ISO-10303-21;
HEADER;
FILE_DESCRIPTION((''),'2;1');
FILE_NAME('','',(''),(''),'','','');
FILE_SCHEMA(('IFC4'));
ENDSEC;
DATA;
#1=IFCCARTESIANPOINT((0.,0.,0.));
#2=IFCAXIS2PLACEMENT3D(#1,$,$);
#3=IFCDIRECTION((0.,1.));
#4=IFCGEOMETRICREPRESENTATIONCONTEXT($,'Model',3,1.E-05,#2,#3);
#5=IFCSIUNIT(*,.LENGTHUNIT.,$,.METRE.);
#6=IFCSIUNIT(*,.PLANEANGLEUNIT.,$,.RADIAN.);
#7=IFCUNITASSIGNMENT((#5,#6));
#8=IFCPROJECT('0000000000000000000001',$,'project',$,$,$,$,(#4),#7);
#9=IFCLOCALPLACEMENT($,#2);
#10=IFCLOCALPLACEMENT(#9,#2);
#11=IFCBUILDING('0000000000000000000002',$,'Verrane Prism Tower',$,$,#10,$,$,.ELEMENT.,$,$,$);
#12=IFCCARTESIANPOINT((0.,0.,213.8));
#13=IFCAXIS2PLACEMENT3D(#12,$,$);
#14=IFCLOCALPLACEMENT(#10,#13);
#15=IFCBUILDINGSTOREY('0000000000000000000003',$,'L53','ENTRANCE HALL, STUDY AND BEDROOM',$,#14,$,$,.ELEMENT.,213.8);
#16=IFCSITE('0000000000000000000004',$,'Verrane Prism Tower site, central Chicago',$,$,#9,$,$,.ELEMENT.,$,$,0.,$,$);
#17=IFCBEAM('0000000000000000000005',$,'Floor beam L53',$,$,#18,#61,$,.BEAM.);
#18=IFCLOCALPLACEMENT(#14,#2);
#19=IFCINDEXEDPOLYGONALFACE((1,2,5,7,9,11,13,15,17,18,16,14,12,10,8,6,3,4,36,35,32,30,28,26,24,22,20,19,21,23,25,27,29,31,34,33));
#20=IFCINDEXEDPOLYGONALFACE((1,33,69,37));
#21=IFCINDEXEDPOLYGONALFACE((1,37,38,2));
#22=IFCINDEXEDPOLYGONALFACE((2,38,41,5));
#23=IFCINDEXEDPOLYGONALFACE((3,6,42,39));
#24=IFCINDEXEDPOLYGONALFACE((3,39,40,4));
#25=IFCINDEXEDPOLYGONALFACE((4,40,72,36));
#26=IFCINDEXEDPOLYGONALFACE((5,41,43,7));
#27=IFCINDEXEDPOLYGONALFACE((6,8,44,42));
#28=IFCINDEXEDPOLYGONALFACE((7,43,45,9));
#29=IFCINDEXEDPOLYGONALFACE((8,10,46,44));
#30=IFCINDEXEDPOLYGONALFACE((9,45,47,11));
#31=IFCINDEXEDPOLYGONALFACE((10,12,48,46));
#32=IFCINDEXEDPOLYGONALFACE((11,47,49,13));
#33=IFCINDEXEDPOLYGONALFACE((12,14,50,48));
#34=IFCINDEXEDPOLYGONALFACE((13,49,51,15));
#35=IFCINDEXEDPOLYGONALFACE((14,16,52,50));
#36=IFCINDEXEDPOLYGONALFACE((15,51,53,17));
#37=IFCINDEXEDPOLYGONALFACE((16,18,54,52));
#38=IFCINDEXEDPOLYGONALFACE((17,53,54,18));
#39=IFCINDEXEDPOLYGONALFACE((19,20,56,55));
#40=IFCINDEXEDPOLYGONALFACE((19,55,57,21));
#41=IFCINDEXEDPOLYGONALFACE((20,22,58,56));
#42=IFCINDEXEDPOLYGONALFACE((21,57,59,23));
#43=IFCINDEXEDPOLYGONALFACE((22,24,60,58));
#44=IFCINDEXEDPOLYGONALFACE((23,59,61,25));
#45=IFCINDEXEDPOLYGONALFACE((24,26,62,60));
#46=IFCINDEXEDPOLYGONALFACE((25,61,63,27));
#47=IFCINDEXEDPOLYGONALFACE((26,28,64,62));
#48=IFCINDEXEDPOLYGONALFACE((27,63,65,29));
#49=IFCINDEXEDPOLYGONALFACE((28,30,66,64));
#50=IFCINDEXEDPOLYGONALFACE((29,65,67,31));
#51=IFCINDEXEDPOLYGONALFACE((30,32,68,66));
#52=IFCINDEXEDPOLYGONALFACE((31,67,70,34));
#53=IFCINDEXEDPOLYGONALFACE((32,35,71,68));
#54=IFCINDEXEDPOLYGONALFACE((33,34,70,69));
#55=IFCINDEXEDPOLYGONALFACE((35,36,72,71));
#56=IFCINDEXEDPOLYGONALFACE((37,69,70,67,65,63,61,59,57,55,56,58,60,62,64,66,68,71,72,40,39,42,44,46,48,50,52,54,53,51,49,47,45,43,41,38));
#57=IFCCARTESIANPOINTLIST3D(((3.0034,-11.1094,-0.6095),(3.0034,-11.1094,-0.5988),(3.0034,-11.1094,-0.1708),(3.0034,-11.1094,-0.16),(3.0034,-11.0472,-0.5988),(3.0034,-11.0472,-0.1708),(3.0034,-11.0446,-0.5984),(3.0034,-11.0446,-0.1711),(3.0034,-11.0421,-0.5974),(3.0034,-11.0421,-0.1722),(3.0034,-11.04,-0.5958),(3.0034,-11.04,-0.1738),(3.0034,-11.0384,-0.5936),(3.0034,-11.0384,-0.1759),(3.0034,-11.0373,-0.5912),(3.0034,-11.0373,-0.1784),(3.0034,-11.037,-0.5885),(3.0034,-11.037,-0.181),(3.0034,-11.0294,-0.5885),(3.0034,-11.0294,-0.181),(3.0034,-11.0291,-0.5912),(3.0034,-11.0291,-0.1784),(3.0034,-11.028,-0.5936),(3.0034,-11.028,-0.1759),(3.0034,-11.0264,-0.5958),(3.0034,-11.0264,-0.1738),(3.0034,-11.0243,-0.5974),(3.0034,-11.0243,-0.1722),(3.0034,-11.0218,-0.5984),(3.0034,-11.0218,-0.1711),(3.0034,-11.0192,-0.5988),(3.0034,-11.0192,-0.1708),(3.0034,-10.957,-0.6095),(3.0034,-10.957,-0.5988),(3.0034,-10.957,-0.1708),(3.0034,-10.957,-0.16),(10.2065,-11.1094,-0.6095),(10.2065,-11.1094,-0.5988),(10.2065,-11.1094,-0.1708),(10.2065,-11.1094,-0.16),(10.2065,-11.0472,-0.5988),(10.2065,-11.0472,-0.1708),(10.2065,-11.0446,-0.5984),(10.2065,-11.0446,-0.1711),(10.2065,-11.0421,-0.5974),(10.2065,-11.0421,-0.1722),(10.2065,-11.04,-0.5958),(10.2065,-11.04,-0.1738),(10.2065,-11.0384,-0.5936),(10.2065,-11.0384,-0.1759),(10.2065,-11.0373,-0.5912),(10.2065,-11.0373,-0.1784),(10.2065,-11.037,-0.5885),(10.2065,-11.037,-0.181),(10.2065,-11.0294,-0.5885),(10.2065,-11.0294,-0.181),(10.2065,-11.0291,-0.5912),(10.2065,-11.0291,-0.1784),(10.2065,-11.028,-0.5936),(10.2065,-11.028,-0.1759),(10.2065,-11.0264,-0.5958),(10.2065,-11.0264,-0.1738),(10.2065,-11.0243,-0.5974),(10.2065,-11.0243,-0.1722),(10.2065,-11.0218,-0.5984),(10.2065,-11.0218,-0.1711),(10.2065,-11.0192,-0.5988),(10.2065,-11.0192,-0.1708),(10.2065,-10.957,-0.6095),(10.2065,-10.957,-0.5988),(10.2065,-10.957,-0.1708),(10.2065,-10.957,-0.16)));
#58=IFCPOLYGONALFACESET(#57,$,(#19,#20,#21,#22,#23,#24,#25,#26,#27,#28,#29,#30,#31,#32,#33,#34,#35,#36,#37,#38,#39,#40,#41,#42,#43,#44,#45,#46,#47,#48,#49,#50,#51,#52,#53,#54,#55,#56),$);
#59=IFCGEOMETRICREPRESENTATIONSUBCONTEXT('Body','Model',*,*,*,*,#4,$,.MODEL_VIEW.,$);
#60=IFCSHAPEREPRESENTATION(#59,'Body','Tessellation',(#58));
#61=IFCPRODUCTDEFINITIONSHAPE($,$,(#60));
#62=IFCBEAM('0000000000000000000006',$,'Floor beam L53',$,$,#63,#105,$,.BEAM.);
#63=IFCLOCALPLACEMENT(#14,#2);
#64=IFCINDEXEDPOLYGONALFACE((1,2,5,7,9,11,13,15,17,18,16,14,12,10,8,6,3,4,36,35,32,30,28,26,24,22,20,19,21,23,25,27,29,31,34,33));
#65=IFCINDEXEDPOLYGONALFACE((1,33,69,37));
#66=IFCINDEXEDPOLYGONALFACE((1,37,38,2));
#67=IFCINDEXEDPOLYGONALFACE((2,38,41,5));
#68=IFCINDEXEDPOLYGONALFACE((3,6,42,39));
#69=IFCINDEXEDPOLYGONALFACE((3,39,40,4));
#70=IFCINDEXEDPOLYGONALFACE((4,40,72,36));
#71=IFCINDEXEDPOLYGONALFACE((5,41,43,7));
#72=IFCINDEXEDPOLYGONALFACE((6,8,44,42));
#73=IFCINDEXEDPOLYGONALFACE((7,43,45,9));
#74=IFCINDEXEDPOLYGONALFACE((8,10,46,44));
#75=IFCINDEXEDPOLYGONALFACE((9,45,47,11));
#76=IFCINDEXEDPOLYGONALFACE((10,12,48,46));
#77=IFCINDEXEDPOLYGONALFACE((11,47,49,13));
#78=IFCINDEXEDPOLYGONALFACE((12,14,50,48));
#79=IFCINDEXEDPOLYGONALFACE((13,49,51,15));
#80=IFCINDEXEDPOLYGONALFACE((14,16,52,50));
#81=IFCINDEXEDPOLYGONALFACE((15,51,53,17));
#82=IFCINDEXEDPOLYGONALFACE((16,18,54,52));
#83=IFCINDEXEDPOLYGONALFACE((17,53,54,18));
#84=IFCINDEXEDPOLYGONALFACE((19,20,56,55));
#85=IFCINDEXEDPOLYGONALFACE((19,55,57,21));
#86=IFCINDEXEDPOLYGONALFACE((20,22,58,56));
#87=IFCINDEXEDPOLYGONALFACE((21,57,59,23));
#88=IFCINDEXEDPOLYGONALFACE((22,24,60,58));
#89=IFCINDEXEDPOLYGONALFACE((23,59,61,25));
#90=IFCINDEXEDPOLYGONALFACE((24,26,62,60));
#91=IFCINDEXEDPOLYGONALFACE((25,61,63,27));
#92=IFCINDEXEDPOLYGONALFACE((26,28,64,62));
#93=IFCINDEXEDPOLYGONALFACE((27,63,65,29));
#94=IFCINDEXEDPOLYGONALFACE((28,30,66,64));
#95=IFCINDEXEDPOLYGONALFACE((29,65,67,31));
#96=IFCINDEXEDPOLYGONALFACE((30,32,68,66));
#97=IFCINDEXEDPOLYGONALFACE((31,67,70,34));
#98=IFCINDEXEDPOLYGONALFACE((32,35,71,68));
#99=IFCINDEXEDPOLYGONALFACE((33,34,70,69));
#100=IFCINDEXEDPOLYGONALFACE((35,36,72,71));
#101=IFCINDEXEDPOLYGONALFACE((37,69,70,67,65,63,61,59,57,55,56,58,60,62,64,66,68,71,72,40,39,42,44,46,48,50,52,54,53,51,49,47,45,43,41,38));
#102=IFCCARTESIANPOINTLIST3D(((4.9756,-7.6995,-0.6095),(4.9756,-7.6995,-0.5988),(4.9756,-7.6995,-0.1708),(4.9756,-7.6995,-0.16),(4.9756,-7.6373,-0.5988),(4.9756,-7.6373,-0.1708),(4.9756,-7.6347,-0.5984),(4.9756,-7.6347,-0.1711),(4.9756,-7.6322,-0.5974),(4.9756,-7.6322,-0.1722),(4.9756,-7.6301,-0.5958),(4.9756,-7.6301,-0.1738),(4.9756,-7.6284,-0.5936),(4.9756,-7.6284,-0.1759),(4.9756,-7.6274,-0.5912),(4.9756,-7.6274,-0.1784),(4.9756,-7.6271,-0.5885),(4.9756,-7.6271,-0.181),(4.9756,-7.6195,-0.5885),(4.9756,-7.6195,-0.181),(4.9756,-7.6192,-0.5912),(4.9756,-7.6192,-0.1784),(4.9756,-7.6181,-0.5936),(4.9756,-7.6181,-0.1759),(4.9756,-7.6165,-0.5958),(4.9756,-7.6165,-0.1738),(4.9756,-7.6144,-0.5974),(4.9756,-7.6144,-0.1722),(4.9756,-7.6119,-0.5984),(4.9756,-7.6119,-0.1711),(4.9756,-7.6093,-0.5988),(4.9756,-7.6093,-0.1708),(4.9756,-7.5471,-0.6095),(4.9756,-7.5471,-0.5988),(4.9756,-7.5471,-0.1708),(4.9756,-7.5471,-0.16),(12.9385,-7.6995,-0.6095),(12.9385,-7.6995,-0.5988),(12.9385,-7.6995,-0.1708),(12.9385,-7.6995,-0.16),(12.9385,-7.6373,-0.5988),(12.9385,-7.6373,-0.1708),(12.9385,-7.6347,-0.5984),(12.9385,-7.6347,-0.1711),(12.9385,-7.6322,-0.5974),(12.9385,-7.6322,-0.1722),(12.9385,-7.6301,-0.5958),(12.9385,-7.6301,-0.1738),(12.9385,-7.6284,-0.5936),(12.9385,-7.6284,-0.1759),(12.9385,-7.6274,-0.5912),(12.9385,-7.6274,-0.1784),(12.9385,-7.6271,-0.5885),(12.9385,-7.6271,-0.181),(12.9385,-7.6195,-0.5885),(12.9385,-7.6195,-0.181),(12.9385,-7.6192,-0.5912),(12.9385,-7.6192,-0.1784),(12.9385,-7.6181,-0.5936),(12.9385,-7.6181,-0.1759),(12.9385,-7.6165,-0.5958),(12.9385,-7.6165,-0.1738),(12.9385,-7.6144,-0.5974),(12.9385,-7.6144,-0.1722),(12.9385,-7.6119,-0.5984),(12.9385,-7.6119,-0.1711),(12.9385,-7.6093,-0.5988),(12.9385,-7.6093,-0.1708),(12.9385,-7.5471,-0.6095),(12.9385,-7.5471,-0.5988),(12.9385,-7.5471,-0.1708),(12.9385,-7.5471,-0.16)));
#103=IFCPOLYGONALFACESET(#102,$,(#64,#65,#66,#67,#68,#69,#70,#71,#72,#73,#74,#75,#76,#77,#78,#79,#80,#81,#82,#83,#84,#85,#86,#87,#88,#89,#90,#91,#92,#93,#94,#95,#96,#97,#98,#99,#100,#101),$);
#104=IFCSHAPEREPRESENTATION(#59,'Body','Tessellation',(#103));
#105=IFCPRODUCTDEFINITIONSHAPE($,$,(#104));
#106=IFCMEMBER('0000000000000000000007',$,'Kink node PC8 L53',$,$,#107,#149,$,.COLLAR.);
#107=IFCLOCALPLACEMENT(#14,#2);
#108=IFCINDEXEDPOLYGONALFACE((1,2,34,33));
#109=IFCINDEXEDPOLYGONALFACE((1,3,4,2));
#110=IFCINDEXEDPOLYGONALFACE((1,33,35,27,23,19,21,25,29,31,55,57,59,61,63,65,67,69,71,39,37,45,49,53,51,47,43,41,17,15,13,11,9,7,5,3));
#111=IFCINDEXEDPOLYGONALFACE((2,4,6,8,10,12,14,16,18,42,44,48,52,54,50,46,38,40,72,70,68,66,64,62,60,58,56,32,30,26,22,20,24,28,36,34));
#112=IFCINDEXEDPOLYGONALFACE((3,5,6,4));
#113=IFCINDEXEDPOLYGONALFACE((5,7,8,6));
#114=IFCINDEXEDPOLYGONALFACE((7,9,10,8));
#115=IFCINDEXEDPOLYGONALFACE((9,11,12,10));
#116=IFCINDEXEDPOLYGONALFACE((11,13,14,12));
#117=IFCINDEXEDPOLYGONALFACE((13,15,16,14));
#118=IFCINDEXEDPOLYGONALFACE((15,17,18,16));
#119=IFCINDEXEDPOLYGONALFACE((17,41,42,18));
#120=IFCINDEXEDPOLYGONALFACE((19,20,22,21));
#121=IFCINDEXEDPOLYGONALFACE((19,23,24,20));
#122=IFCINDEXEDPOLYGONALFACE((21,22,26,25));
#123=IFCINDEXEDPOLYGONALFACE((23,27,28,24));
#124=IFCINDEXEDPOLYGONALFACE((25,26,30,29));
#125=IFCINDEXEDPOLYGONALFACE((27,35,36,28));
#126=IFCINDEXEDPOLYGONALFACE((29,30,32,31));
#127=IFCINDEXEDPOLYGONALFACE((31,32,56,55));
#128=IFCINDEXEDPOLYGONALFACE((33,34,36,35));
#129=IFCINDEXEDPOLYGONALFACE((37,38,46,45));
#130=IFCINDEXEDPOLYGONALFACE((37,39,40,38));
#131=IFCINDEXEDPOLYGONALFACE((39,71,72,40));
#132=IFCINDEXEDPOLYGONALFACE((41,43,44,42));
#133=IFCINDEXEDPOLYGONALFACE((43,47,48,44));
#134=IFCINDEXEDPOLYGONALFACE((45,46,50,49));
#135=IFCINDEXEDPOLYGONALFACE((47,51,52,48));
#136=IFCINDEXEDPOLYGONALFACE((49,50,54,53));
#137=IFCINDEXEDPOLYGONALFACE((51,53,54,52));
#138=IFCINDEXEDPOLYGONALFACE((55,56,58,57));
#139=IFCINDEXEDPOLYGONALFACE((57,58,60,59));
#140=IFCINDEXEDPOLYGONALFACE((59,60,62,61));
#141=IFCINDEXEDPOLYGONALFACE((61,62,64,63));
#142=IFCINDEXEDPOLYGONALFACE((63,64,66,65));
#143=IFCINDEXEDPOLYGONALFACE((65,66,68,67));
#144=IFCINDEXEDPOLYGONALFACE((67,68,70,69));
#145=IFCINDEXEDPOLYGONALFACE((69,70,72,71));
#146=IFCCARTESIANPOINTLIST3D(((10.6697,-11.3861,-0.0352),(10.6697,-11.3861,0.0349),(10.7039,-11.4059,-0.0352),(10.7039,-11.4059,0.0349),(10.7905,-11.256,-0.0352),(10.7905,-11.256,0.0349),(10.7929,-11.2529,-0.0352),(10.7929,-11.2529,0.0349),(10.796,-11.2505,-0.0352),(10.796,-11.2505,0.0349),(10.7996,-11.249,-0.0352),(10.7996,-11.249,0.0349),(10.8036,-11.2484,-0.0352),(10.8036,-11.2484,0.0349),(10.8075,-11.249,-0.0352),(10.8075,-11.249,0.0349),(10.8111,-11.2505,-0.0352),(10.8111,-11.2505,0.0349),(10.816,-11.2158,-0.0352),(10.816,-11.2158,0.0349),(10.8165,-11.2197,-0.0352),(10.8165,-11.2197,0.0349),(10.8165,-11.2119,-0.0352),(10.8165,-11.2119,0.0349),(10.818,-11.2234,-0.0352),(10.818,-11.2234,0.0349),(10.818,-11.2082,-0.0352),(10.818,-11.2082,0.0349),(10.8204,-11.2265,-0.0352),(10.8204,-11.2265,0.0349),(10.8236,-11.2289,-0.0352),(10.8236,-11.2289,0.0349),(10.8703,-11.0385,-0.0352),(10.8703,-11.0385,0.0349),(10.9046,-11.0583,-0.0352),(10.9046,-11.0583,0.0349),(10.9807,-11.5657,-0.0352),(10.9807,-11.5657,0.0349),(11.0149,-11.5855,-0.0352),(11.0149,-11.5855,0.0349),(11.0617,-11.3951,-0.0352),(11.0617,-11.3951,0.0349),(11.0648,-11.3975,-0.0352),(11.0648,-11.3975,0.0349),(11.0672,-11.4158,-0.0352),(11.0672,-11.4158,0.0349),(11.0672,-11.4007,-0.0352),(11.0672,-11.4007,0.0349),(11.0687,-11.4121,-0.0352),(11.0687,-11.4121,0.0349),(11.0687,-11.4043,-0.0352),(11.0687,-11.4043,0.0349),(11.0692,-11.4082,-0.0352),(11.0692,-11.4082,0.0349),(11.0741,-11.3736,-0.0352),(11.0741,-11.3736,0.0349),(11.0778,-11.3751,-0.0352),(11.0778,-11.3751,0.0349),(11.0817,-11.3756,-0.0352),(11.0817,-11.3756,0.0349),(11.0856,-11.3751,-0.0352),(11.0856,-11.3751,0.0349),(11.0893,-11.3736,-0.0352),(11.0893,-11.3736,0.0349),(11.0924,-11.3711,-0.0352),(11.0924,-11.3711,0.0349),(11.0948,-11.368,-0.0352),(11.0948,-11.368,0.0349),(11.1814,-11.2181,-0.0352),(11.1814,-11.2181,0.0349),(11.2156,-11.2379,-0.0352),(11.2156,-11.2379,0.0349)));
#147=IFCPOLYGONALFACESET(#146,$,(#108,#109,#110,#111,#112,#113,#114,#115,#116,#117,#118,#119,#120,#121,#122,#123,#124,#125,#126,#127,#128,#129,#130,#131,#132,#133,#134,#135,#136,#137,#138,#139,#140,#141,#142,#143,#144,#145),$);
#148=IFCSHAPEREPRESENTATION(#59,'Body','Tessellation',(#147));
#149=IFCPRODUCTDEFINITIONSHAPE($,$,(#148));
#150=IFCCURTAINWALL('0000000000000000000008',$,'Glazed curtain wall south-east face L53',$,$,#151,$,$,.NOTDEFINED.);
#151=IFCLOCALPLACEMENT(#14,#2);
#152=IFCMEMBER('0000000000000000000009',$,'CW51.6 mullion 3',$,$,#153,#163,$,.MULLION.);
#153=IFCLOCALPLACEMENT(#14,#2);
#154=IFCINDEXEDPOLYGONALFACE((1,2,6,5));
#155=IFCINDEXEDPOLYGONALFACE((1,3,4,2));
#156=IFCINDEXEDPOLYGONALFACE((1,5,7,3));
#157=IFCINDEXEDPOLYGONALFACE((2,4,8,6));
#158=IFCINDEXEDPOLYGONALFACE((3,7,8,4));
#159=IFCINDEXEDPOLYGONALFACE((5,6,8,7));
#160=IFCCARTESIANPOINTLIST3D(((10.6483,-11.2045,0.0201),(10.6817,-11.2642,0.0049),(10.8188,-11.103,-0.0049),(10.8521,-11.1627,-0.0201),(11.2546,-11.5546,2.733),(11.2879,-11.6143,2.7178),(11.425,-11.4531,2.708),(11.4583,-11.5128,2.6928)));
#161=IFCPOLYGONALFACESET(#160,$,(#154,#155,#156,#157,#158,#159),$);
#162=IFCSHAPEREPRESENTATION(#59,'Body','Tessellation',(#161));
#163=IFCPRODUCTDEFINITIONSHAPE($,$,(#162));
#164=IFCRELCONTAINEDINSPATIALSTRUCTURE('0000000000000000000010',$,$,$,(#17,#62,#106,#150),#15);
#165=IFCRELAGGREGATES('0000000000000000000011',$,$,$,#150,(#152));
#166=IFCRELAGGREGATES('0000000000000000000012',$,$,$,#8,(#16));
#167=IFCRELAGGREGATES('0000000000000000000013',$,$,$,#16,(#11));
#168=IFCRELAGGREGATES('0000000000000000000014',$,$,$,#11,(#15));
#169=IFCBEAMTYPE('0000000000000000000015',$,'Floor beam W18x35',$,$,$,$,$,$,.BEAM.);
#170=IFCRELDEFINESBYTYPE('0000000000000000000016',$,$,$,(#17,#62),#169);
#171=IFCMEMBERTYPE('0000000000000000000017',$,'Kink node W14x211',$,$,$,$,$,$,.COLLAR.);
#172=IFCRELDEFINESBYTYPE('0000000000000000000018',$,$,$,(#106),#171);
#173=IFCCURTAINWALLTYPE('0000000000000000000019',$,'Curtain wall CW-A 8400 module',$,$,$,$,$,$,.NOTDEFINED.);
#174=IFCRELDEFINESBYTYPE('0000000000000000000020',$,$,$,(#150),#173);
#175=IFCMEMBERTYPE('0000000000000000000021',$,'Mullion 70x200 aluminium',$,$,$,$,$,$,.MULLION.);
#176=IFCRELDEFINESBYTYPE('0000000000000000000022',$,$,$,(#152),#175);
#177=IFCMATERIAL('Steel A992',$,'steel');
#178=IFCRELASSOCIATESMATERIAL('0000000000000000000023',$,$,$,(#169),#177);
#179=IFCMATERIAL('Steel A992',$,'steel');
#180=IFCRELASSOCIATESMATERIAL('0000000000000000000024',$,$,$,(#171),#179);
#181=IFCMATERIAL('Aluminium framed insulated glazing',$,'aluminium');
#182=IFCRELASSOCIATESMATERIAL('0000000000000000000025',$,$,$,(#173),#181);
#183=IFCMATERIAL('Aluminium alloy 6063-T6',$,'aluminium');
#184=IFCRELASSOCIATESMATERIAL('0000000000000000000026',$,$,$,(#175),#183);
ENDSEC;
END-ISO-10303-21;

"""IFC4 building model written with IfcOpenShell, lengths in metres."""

from ifc_helpers import new_model, si_unit, direction, frame, origin, origin_2d, place, context, subcontext, project, spatial, rectangle, i_section, extrude, material, material_profile, profile_set, type_object, element, aggregate, save


model = new_model("IFC4")

# Units and contexts
model_context = context("Model", 3, precision=1e-05, world=origin(), true_north=direction((0.0, 1.0)))
body_context = subcontext(model_context, "Body", "Model", "MODEL_VIEW")
ifc_project = project(units=[si_unit("LENGTHUNIT", "METRE"), si_unit("PLANEANGLEUNIT", "RADIAN")], contexts=[model_context])

# Site, building, storey
site_placement = place(None, origin())
site = spatial("IfcSite", under=ifc_project, at=site_placement, Name="Verrane Prism Tower site, central Chicago", CompositionType="ELEMENT", RefElevation=0.0)
building_placement = place(site_placement, origin())
building = spatial("IfcBuilding", under=site, at=building_placement, Name="Verrane Prism Tower", CompositionType="ELEMENT")
storey_placement = place(building_placement, frame((0.0, 0.0, 213.8)))
storey = spatial("IfcBuildingStorey", under=building, at=storey_placement, Name="L53", Description="ENTRANCE HALL, STUDY AND BEDROOM", CompositionType="ELEMENT", Elevation=213.8)

# Beams
ifc_material_1 = material(Name="Steel A992", Category="steel")
ifc_material_profile_1 = material_profile(ifc_material_1, i_section(OverallWidth=0.1523, OverallDepth=0.4495, WebThickness=0.0076, FlangeThickness=0.0107, FilletRadius=0.0103, at=origin_2d()), Name="W18x35")
ifc_profile_set_1 = profile_set([ifc_material_profile_1], Name="Steel A992")
beam_type_1 = type_object("IfcBeamType", Name="Floor beam W18x35", PredefinedType="BEAM", material=ifc_profile_set_1)
beam_1_placement = place(storey_placement, frame((3.0034, -11.0332, -0.3848), z_axis=(1.0, 0.0, 0.0), x_axis=(0.0, 1.0, 0.0)))
element("IfcBeam", 1, at=beam_1_placement, inside=storey, type_object=beam_type_1, Name="Floor beam L53", PredefinedType="BEAM", context=body_context, shape_type="SweptSolid", body=[
    extrude(i_section(OverallWidth=0.1523, OverallDepth=0.4495, WebThickness=0.0076, FlangeThickness=0.0107, FilletRadius=0.0103, at=origin_2d()), origin(), (0.0, 0.0, 1.0), 7.2031),
])
beam_2_placement = place(storey_placement, frame((4.9756, -7.6233, -0.3848), z_axis=(1.0, 0.0, 0.0), x_axis=(0.0, 1.0, 0.0)))
element("IfcBeam", 2, at=beam_2_placement, inside=storey, type_object=beam_type_1, Name="Floor beam L53", PredefinedType="BEAM", context=body_context, shape_type="SweptSolid", body=[
    extrude(i_section(OverallWidth=0.1523, OverallDepth=0.4495, WebThickness=0.0076, FlangeThickness=0.0107, FilletRadius=0.0103, at=origin_2d()), origin(), (0.0, 0.0, 1.0), 7.9629),
])

# Member
ifc_material_2 = material(Name="Steel A992", Category="steel")
ifc_material_profile_2 = material_profile(ifc_material_2, i_section(OverallWidth=0.4014, OverallDepth=0.3987, WebThickness=0.0249, FlangeThickness=0.0396, FilletRadius=0.0151, at=origin_2d()), Name="W14x211")
ifc_profile_set_2 = profile_set([ifc_material_profile_2], Name="Steel A992")
member_type_1 = type_object("IfcMemberType", Name="Kink node W14x211", PredefinedType="COLLAR", material=ifc_profile_set_2)
member_1_placement = place(storey_placement, frame((10.9426, -11.312, -0.0352), z_axis=(0.0, 0.0, 1.0), x_axis=(-0.5, -0.866025, 0.0)))
element("IfcMember", 3, at=member_1_placement, inside=storey, type_object=member_type_1, Name="Kink node PC8 L53", PredefinedType="COLLAR", context=body_context, shape_type="SweptSolid", body=[
    extrude(i_section(OverallWidth=0.4014, OverallDepth=0.3987, WebThickness=0.0249, FlangeThickness=0.0396, FilletRadius=0.0151, at=origin_2d()), origin(), (0.0, 0.0, 1.0), 0.0701),
])

# Curtain wall, member
ifc_material_3 = material(Name="Aluminium framed insulated glazing", Category="aluminium")
curtain_wall_type = type_object("IfcCurtainWallType", Name="Curtain wall CW-A 8400 module", PredefinedType="NOTDEFINED", material=ifc_material_3)
curtain_wall_placement = place(storey_placement, origin())
curtain_wall = element("IfcCurtainWall", 4, at=curtain_wall_placement, inside=storey, type_object=curtain_wall_type, Name="Glazed curtain wall south-east face L53", PredefinedType="NOTDEFINED")
ifc_material_4 = material(Name="Aluminium alloy 6063-T6", Category="aluminium")
ifc_material_profile_3 = material_profile(ifc_material_4, rectangle(XDim=0.2, YDim=0.0701, at=origin_2d()), Name="Mullion 70x200 aluminium")
ifc_profile_set_3 = profile_set([ifc_material_profile_3], Name="Aluminium alloy 6063-T6")
member_type_2 = type_object("IfcMemberType", Name="Mullion 70x200 aluminium", PredefinedType="MULLION", material=ifc_profile_set_3)
member_2_placement = place(storey_placement, frame((10.7502, -11.1836, 0.0), z_axis=(0.216365, -0.124957, 0.968283), x_axis=(-0.852358, -0.507817, 0.124928)))
member_2 = element("IfcMember", 5, at=member_2_placement, type_object=member_type_2, Name="CW51.6 mullion 3", PredefinedType="MULLION", context=body_context, shape_type="SweptSolid", body=[
    extrude(rectangle(XDim=0.2, YDim=0.0701, at=origin_2d()), origin(), (0.0, 0.0, 1.0), 2.8018),
])

aggregate(curtain_wall, [member_2])

save(model, "model.ifc")
